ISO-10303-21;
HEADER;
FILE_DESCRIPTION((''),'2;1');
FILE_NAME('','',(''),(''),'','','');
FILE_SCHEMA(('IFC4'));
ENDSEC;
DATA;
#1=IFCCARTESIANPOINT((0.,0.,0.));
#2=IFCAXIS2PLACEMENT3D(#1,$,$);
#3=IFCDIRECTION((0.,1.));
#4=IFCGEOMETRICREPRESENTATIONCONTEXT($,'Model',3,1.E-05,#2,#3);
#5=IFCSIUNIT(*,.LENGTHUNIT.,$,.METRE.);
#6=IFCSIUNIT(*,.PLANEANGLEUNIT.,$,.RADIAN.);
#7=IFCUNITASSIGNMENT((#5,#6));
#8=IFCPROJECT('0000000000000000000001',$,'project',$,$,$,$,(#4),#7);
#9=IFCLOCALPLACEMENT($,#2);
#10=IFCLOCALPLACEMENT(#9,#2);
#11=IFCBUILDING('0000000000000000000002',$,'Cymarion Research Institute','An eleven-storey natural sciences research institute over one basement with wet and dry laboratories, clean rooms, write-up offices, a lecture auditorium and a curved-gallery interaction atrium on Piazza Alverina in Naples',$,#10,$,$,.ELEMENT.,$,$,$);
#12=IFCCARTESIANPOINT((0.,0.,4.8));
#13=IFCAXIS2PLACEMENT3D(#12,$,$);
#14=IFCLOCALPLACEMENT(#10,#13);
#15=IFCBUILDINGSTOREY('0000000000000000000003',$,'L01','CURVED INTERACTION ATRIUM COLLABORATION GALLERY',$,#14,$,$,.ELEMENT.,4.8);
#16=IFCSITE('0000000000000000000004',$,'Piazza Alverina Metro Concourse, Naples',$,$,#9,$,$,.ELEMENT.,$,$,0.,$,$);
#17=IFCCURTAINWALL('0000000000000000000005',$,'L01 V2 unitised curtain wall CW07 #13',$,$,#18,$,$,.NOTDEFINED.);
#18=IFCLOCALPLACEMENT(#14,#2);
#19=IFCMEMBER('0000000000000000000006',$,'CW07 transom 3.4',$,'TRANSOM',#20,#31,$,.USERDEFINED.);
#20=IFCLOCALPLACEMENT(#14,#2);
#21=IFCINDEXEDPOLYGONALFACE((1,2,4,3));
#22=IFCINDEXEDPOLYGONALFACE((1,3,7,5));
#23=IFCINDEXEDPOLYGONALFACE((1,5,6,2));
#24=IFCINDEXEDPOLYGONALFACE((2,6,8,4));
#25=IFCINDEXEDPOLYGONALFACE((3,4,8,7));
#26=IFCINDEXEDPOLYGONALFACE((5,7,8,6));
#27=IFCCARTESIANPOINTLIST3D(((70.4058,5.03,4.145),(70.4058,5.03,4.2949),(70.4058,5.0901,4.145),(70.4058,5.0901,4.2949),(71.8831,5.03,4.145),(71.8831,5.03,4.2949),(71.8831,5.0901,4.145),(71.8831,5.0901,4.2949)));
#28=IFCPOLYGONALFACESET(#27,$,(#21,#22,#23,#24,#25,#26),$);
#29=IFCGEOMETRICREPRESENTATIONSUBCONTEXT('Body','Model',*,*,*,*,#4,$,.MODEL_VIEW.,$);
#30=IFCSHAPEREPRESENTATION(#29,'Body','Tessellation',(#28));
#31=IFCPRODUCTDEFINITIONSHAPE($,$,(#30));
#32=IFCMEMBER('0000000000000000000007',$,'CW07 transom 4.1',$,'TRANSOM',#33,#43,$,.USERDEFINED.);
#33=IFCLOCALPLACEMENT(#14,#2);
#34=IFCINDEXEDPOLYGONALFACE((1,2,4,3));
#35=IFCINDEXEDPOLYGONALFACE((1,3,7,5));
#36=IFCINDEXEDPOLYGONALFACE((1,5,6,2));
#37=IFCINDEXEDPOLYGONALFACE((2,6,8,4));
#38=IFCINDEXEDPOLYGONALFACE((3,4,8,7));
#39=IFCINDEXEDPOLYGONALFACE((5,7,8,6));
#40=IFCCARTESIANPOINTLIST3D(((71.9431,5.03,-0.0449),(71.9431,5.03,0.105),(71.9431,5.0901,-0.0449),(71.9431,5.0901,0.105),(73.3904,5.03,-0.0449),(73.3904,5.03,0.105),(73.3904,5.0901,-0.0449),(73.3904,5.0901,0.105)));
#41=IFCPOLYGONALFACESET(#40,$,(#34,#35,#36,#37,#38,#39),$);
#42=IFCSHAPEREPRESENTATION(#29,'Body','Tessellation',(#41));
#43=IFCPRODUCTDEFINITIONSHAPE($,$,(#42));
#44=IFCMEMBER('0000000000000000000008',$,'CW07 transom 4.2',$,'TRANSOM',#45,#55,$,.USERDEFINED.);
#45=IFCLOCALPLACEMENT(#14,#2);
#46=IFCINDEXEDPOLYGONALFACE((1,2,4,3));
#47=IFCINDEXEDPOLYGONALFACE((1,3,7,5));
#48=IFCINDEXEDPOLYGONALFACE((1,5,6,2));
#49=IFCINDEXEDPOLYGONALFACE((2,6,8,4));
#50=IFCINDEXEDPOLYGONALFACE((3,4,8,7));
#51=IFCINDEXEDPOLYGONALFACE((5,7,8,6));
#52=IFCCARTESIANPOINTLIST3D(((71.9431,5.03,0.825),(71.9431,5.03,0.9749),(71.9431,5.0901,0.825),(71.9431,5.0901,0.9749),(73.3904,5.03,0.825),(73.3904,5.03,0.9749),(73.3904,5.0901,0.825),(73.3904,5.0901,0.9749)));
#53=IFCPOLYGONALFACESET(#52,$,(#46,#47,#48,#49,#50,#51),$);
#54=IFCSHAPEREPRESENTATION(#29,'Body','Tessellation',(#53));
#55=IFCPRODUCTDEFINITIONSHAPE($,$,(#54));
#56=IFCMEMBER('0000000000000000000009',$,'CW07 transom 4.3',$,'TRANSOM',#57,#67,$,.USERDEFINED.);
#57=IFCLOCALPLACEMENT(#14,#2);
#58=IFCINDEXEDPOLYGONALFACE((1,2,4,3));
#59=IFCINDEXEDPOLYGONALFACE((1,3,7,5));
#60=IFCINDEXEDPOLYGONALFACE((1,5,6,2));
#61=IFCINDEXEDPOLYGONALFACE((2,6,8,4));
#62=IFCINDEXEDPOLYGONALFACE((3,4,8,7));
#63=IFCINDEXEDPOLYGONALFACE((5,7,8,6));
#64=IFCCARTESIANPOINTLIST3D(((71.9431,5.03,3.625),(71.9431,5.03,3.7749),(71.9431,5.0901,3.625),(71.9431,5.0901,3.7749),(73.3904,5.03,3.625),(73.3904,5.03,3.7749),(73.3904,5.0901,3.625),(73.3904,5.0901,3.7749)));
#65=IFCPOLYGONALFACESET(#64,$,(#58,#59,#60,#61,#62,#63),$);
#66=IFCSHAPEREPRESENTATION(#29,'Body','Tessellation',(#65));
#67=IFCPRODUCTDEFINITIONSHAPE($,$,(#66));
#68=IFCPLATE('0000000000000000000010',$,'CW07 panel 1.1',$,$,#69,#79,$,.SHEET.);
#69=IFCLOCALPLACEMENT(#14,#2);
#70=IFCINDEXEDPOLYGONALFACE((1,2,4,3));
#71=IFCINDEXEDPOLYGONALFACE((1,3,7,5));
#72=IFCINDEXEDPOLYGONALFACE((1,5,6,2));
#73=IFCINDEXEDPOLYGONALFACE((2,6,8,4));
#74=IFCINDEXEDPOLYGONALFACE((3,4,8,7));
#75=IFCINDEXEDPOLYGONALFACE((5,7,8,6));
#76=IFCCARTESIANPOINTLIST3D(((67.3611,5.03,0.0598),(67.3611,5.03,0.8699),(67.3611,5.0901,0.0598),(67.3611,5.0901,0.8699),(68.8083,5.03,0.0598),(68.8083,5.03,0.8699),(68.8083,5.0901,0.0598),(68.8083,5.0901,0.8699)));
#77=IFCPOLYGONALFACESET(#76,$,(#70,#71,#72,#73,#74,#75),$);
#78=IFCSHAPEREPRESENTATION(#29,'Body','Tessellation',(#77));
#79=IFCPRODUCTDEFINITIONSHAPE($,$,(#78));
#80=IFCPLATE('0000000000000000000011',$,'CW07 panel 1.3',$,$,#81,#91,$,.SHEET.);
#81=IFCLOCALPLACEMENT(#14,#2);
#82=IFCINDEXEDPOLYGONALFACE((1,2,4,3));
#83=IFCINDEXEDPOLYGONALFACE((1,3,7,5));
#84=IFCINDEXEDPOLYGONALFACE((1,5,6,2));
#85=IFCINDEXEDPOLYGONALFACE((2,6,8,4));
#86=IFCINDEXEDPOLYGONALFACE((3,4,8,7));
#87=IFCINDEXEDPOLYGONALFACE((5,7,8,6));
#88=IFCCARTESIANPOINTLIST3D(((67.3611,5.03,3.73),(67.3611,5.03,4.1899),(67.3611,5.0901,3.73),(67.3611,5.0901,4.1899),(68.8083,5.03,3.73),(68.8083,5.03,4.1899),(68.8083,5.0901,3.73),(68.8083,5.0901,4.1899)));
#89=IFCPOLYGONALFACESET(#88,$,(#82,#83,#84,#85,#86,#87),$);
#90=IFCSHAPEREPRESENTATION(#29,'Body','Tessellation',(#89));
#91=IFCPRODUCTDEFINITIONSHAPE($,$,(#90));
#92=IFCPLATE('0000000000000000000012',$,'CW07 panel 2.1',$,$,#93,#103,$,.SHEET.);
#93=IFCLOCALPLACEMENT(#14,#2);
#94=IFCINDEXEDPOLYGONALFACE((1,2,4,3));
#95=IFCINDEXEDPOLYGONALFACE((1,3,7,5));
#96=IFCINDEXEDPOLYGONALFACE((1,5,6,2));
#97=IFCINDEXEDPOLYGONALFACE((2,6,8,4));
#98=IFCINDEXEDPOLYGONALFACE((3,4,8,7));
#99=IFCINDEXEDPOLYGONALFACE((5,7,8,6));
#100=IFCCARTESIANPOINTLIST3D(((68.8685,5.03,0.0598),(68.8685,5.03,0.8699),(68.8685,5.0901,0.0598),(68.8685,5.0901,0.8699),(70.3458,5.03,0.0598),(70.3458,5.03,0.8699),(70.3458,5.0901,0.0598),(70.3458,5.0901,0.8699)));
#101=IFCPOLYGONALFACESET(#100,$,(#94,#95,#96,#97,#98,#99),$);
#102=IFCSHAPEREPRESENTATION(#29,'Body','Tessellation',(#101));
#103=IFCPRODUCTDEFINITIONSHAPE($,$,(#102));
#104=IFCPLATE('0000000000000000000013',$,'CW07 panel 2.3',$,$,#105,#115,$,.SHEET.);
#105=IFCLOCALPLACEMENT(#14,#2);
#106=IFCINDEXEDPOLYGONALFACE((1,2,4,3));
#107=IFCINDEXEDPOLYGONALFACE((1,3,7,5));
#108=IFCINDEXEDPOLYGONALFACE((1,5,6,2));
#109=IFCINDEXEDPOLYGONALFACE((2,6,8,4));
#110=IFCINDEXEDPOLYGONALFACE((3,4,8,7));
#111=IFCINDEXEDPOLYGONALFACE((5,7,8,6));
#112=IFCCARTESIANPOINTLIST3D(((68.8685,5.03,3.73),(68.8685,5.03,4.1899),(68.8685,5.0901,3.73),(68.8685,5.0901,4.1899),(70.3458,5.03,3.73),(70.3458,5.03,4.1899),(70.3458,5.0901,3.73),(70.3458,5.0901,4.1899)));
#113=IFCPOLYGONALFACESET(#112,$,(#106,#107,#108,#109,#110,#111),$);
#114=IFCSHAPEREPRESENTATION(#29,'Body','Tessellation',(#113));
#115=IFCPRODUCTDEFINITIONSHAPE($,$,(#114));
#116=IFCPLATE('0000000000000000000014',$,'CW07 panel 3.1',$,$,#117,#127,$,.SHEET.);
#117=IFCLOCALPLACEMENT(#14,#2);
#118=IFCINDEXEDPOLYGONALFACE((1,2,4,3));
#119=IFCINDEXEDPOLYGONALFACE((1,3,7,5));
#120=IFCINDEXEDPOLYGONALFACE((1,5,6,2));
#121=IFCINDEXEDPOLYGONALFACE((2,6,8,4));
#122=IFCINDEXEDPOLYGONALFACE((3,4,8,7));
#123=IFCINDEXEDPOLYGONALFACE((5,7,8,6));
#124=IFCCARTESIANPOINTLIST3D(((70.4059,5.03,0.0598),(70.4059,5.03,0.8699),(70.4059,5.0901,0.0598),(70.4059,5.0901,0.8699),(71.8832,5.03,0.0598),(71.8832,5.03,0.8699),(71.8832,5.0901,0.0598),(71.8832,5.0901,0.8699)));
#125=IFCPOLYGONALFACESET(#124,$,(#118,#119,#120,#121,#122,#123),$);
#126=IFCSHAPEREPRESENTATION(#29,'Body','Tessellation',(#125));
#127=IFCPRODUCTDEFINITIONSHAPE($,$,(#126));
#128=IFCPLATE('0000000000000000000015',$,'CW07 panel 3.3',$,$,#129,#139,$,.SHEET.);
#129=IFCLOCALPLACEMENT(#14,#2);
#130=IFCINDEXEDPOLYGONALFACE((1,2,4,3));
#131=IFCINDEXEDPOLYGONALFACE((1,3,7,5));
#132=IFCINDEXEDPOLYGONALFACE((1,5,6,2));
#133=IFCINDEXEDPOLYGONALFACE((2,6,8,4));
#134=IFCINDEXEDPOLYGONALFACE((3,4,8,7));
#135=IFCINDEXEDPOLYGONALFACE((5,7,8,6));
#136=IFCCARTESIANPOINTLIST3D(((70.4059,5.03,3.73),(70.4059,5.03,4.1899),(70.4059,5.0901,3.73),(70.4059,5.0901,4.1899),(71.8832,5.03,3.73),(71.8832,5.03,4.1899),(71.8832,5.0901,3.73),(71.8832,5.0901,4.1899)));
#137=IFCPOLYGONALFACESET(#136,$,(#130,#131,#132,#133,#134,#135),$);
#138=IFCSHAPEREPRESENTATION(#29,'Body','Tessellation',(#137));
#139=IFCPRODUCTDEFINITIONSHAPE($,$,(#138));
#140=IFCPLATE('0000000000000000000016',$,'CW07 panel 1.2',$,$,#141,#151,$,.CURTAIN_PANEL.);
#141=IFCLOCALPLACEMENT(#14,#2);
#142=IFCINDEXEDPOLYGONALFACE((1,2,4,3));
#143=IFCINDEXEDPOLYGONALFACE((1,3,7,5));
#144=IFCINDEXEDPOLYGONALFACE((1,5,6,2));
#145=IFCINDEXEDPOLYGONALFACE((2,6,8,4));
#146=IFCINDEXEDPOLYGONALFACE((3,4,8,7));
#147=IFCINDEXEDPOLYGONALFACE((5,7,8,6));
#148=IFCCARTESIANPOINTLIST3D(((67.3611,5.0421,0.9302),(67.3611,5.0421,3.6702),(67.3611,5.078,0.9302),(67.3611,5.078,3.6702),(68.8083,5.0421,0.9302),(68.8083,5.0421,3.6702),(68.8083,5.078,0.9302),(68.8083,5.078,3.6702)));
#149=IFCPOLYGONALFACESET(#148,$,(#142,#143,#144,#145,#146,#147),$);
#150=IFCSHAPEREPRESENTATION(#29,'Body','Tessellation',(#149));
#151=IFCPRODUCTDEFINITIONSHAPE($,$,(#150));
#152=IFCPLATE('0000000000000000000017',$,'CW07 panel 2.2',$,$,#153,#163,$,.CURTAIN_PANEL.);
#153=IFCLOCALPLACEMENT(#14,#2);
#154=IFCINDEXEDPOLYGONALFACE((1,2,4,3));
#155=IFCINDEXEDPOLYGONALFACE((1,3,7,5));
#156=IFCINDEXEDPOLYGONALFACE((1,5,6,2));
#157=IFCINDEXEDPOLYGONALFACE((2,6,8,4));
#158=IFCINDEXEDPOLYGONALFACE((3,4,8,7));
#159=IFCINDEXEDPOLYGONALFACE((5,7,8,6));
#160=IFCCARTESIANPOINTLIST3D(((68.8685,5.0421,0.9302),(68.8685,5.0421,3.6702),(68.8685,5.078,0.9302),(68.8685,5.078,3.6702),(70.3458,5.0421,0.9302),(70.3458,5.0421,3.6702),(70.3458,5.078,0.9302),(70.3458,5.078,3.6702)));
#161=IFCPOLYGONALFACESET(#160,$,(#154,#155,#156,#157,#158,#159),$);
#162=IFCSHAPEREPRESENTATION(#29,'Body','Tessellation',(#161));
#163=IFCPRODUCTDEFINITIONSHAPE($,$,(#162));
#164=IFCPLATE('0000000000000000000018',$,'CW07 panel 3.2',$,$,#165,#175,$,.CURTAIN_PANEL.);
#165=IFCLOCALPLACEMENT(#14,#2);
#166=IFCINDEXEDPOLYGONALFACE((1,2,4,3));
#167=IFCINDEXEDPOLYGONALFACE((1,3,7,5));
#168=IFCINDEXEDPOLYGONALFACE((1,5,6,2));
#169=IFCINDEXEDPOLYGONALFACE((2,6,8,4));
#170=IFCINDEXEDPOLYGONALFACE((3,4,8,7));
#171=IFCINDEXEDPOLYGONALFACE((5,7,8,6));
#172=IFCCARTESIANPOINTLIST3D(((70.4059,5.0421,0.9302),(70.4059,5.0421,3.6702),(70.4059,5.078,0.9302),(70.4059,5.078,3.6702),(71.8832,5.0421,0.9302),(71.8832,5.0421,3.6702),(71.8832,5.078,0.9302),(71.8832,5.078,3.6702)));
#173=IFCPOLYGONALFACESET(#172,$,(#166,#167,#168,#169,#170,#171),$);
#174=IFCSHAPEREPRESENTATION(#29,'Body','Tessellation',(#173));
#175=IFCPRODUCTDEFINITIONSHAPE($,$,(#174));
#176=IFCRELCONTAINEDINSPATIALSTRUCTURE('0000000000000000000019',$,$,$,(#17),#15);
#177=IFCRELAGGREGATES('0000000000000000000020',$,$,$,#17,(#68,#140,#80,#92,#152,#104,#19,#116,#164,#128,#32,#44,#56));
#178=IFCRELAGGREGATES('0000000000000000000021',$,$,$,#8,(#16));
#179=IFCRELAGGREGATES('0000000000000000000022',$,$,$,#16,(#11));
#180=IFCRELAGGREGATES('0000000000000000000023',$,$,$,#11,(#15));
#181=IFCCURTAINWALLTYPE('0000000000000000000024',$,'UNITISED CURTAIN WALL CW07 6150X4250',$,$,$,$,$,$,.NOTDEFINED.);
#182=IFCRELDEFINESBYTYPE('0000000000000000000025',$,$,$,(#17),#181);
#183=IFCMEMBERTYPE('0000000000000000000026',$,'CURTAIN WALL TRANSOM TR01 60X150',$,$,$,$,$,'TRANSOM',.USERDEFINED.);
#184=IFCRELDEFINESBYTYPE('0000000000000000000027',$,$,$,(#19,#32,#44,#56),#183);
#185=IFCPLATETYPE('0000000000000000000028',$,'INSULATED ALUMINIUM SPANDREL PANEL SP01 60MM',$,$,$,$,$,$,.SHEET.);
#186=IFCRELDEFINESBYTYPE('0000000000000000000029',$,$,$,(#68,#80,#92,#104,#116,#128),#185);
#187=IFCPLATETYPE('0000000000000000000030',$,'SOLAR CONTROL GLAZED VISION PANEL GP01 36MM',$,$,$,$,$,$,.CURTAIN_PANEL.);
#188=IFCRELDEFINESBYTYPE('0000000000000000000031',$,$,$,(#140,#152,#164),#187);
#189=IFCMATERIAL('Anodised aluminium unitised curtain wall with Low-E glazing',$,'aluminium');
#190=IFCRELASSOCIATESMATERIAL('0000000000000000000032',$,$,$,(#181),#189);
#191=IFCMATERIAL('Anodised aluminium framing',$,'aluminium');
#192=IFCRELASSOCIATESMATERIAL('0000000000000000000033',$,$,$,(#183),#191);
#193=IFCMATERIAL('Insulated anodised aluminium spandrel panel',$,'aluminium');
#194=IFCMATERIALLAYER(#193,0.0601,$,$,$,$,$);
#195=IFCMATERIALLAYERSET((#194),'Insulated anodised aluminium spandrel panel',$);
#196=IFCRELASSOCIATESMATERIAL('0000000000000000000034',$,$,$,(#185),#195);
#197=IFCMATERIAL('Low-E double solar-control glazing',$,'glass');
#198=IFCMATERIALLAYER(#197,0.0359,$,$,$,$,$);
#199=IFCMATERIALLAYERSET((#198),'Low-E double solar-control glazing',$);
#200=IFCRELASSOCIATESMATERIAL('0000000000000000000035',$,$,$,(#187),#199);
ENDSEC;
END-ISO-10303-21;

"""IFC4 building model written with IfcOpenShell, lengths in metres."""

from ifc_helpers import new_model, si_unit, direction, frame, origin, origin_2d, place, context, subcontext, project, spatial, rectangle, extrude, material, layer, layer_set, material_profile, profile_set, type_object, element, aggregate, save


model = new_model("IFC4")

# Units and contexts
model_context = context("Model", 3, precision=1e-05, world=origin(), true_north=direction((0.0, 1.0)))
body_context = subcontext(model_context, "Body", "Model", "MODEL_VIEW")
ifc_project = project(units=[si_unit("LENGTHUNIT", "METRE"), si_unit("PLANEANGLEUNIT", "RADIAN")], contexts=[model_context])

# Site, building, storey
site_placement = place(None, origin())
site = spatial("IfcSite", under=ifc_project, at=site_placement, Name="Piazza Alverina Metro Concourse, Naples", CompositionType="ELEMENT", RefElevation=0.0)
building_placement = place(site_placement, origin())
building = spatial("IfcBuilding", under=site, at=building_placement, Name="Cymarion Research Institute", Description="An eleven-storey natural sciences research institute over one basement with wet and dry laboratories, clean rooms, write-up offices, a lecture auditorium and a curved-gallery interaction atrium on Piazza Alverina in Naples", CompositionType="ELEMENT")
storey_placement = place(building_placement, frame((0.0, 0.0, 4.8)))
storey = spatial("IfcBuildingStorey", under=building, at=storey_placement, Name="L01", Description="CURVED INTERACTION ATRIUM COLLABORATION GALLERY", CompositionType="ELEMENT", Elevation=4.8)

# Curtain wall, members, plates
ifc_material_1 = material(Name="Anodised aluminium unitised curtain wall with Low-E glazing", Category="aluminium")
curtain_wall_type = type_object("IfcCurtainWallType", Name="UNITISED CURTAIN WALL CW07 6150X4250", PredefinedType="NOTDEFINED", material=ifc_material_1)
curtain_wall_placement = place(storey_placement, origin())
curtain_wall = element("IfcCurtainWall", 1, at=curtain_wall_placement, inside=storey, type_object=curtain_wall_type, Name="L01 V2 unitised curtain wall CW07 #13", PredefinedType="NOTDEFINED")
ifc_material_2 = material(Name="Anodised aluminium framing", Category="aluminium")
ifc_material_profile_1 = material_profile(ifc_material_2, rectangle(XDim=0.0601, YDim=0.1499, at=origin_2d()), Name="ALU TRANSOM 60x150")
ifc_profile_set_1 = profile_set([ifc_material_profile_1], Name="Anodised aluminium framing")
member_type_1 = type_object("IfcMemberType", Name="CURTAIN WALL TRANSOM TR01 60X150", ElementType="TRANSOM", PredefinedType="USERDEFINED", material=ifc_profile_set_1)
member_1_placement = place(storey_placement, frame((70.4058, 5.0601, 4.22), z_axis=(1.0, 0.0, 0.0), x_axis=(0.0, 1.0, 0.0)))
member_1 = element("IfcMember", 2, at=member_1_placement, type_object=member_type_1, Name="CW07 transom 3.4", ObjectType="TRANSOM", PredefinedType="USERDEFINED", context=body_context, shape_type="SweptSolid", body=[
    extrude(rectangle(XDim=0.0601, YDim=0.1499, at=origin_2d()), origin(), (0.0, 0.0, 1.0), 1.4773),
])
member_2_placement = place(storey_placement, frame((71.9431, 5.0601, 0.03), z_axis=(1.0, 0.0, 0.0), x_axis=(0.0, 1.0, 0.0)))
member_2 = element("IfcMember", 3, at=member_2_placement, type_object=member_type_1, Name="CW07 transom 4.1", ObjectType="TRANSOM", PredefinedType="USERDEFINED", context=body_context, shape_type="SweptSolid", body=[
    extrude(rectangle(XDim=0.0601, YDim=0.1499, at=origin_2d()), origin(), (0.0, 0.0, 1.0), 1.4473),
])
member_3_placement = place(storey_placement, frame((71.9431, 5.0601, 0.8999), z_axis=(1.0, 0.0, 0.0), x_axis=(0.0, 1.0, 0.0)))
member_3 = element("IfcMember", 4, at=member_3_placement, type_object=member_type_1, Name="CW07 transom 4.2", ObjectType="TRANSOM", PredefinedType="USERDEFINED", context=body_context, shape_type="SweptSolid", body=[
    extrude(rectangle(XDim=0.0601, YDim=0.1499, at=origin_2d()), origin(), (0.0, 0.0, 1.0), 1.4473),
])
member_4_placement = place(storey_placement, frame((71.9431, 5.0601, 3.7), z_axis=(1.0, 0.0, 0.0), x_axis=(0.0, 1.0, 0.0)))
member_4 = element("IfcMember", 5, at=member_4_placement, type_object=member_type_1, Name="CW07 transom 4.3", ObjectType="TRANSOM", PredefinedType="USERDEFINED", context=body_context, shape_type="SweptSolid", body=[
    extrude(rectangle(XDim=0.0601, YDim=0.1499, at=origin_2d()), origin(), (0.0, 0.0, 1.0), 1.4473),
])
ifc_material_3 = material(Name="Insulated anodised aluminium spandrel panel", Category="aluminium")
ifc_layer_1 = layer(ifc_material_3, 0.0601)
ifc_layer_set_1 = layer_set([ifc_layer_1], Name="Insulated anodised aluminium spandrel panel")
plate_type_1 = type_object("IfcPlateType", Name="INSULATED ALUMINIUM SPANDREL PANEL SP01 60MM", PredefinedType="SHEET", material=ifc_layer_set_1)
plate_1_placement = place(storey_placement, frame((68.0847, 5.0601, 0.0598), z_axis=(0.0, 0.0, 1.0), x_axis=(1.0, 0.0, 0.0)))
plate_1 = element("IfcPlate", 6, at=plate_1_placement, type_object=plate_type_1, Name="CW07 panel 1.1", PredefinedType="SHEET", context=body_context, shape_type="SweptSolid", body=[
    extrude(rectangle(XDim=1.4473, YDim=0.0601, at=origin_2d()), origin(), (0.0, 0.0, 1.0), 0.8101),
])
plate_2_placement = place(storey_placement, frame((68.0847, 5.0601, 3.73), z_axis=(0.0, 0.0, 1.0), x_axis=(1.0, 0.0, 0.0)))
plate_2 = element("IfcPlate", 7, at=plate_2_placement, type_object=plate_type_1, Name="CW07 panel 1.3", PredefinedType="SHEET", context=body_context, shape_type="SweptSolid", body=[
    extrude(rectangle(XDim=1.4473, YDim=0.0601, at=origin_2d()), origin(), (0.0, 0.0, 1.0), 0.46),
])
plate_3_placement = place(storey_placement, frame((69.6072, 5.0601, 0.0598), z_axis=(0.0, 0.0, 1.0), x_axis=(1.0, 0.0, 0.0)))
plate_3 = element("IfcPlate", 8, at=plate_3_placement, type_object=plate_type_1, Name="CW07 panel 2.1", PredefinedType="SHEET", context=body_context, shape_type="SweptSolid", body=[
    extrude(rectangle(XDim=1.4773, YDim=0.0601, at=origin_2d()), origin(), (0.0, 0.0, 1.0), 0.8101),
])
plate_4_placement = place(storey_placement, frame((69.6072, 5.0601, 3.73), z_axis=(0.0, 0.0, 1.0), x_axis=(1.0, 0.0, 0.0)))
plate_4 = element("IfcPlate", 9, at=plate_4_placement, type_object=plate_type_1, Name="CW07 panel 2.3", PredefinedType="SHEET", context=body_context, shape_type="SweptSolid", body=[
    extrude(rectangle(XDim=1.4773, YDim=0.0601, at=origin_2d()), origin(), (0.0, 0.0, 1.0), 0.46),
])
plate_5_placement = place(storey_placement, frame((71.1445, 5.0601, 0.0598), z_axis=(0.0, 0.0, 1.0), x_axis=(1.0, 0.0, 0.0)))
plate_5 = element("IfcPlate", 10, at=plate_5_placement, type_object=plate_type_1, Name="CW07 panel 3.1", PredefinedType="SHEET", context=body_context, shape_type="SweptSolid", body=[
    extrude(rectangle(XDim=1.4773, YDim=0.0601, at=origin_2d()), origin(), (0.0, 0.0, 1.0), 0.8101),
])
plate_6_placement = place(storey_placement, frame((71.1445, 5.0601, 3.73), z_axis=(0.0, 0.0, 1.0), x_axis=(1.0, 0.0, 0.0)))
plate_6 = element("IfcPlate", 11, at=plate_6_placement, type_object=plate_type_1, Name="CW07 panel 3.3", PredefinedType="SHEET", context=body_context, shape_type="SweptSolid", body=[
    extrude(rectangle(XDim=1.4773, YDim=0.0601, at=origin_2d()), origin(), (0.0, 0.0, 1.0), 0.46),
])
ifc_material_4 = material(Name="Low-E double solar-control glazing", Category="glass")
ifc_layer_2 = layer(ifc_material_4, 0.0359)
ifc_layer_set_2 = layer_set([ifc_layer_2], Name="Low-E double solar-control glazing")
plate_type_2 = type_object("IfcPlateType", Name="SOLAR CONTROL GLAZED VISION PANEL GP01 36MM", PredefinedType="CURTAIN_PANEL", material=ifc_layer_set_2)
plate_7_placement = place(storey_placement, frame((68.0847, 5.0601, 0.9302), z_axis=(0.0, 0.0, 1.0), x_axis=(1.0, 0.0, 0.0)))
plate_7 = element("IfcPlate", 12, at=plate_7_placement, type_object=plate_type_2, Name="CW07 panel 1.2", PredefinedType="CURTAIN_PANEL", context=body_context, shape_type="SweptSolid", body=[
    extrude(rectangle(XDim=1.4473, YDim=0.0359, at=origin_2d()), origin(), (0.0, 0.0, 1.0), 2.74),
])
plate_8_placement = place(storey_placement, frame((69.6072, 5.0601, 0.9302), z_axis=(0.0, 0.0, 1.0), x_axis=(1.0, 0.0, 0.0)))
plate_8 = element("IfcPlate", 13, at=plate_8_placement, type_object=plate_type_2, Name="CW07 panel 2.2", PredefinedType="CURTAIN_PANEL", context=body_context, shape_type="SweptSolid", body=[
    extrude(rectangle(XDim=1.4773, YDim=0.0359, at=origin_2d()), origin(), (0.0, 0.0, 1.0), 2.74),
])
plate_9_placement = place(storey_placement, frame((71.1445, 5.0601, 0.9302), z_axis=(0.0, 0.0, 1.0), x_axis=(1.0, 0.0, 0.0)))
plate_9 = element("IfcPlate", 14, at=plate_9_placement, type_object=plate_type_2, Name="CW07 panel 3.2", PredefinedType="CURTAIN_PANEL", context=body_context, shape_type="SweptSolid", body=[
    extrude(rectangle(XDim=1.4773, YDim=0.0359, at=origin_2d()), origin(), (0.0, 0.0, 1.0), 2.74),
])
aggregate(curtain_wall, [plate_1, plate_7, plate_2, plate_3, plate_8, plate_4, member_1, plate_5, plate_9, plate_6, member_2, member_3, member_4])

save(model, "model.ifc")
